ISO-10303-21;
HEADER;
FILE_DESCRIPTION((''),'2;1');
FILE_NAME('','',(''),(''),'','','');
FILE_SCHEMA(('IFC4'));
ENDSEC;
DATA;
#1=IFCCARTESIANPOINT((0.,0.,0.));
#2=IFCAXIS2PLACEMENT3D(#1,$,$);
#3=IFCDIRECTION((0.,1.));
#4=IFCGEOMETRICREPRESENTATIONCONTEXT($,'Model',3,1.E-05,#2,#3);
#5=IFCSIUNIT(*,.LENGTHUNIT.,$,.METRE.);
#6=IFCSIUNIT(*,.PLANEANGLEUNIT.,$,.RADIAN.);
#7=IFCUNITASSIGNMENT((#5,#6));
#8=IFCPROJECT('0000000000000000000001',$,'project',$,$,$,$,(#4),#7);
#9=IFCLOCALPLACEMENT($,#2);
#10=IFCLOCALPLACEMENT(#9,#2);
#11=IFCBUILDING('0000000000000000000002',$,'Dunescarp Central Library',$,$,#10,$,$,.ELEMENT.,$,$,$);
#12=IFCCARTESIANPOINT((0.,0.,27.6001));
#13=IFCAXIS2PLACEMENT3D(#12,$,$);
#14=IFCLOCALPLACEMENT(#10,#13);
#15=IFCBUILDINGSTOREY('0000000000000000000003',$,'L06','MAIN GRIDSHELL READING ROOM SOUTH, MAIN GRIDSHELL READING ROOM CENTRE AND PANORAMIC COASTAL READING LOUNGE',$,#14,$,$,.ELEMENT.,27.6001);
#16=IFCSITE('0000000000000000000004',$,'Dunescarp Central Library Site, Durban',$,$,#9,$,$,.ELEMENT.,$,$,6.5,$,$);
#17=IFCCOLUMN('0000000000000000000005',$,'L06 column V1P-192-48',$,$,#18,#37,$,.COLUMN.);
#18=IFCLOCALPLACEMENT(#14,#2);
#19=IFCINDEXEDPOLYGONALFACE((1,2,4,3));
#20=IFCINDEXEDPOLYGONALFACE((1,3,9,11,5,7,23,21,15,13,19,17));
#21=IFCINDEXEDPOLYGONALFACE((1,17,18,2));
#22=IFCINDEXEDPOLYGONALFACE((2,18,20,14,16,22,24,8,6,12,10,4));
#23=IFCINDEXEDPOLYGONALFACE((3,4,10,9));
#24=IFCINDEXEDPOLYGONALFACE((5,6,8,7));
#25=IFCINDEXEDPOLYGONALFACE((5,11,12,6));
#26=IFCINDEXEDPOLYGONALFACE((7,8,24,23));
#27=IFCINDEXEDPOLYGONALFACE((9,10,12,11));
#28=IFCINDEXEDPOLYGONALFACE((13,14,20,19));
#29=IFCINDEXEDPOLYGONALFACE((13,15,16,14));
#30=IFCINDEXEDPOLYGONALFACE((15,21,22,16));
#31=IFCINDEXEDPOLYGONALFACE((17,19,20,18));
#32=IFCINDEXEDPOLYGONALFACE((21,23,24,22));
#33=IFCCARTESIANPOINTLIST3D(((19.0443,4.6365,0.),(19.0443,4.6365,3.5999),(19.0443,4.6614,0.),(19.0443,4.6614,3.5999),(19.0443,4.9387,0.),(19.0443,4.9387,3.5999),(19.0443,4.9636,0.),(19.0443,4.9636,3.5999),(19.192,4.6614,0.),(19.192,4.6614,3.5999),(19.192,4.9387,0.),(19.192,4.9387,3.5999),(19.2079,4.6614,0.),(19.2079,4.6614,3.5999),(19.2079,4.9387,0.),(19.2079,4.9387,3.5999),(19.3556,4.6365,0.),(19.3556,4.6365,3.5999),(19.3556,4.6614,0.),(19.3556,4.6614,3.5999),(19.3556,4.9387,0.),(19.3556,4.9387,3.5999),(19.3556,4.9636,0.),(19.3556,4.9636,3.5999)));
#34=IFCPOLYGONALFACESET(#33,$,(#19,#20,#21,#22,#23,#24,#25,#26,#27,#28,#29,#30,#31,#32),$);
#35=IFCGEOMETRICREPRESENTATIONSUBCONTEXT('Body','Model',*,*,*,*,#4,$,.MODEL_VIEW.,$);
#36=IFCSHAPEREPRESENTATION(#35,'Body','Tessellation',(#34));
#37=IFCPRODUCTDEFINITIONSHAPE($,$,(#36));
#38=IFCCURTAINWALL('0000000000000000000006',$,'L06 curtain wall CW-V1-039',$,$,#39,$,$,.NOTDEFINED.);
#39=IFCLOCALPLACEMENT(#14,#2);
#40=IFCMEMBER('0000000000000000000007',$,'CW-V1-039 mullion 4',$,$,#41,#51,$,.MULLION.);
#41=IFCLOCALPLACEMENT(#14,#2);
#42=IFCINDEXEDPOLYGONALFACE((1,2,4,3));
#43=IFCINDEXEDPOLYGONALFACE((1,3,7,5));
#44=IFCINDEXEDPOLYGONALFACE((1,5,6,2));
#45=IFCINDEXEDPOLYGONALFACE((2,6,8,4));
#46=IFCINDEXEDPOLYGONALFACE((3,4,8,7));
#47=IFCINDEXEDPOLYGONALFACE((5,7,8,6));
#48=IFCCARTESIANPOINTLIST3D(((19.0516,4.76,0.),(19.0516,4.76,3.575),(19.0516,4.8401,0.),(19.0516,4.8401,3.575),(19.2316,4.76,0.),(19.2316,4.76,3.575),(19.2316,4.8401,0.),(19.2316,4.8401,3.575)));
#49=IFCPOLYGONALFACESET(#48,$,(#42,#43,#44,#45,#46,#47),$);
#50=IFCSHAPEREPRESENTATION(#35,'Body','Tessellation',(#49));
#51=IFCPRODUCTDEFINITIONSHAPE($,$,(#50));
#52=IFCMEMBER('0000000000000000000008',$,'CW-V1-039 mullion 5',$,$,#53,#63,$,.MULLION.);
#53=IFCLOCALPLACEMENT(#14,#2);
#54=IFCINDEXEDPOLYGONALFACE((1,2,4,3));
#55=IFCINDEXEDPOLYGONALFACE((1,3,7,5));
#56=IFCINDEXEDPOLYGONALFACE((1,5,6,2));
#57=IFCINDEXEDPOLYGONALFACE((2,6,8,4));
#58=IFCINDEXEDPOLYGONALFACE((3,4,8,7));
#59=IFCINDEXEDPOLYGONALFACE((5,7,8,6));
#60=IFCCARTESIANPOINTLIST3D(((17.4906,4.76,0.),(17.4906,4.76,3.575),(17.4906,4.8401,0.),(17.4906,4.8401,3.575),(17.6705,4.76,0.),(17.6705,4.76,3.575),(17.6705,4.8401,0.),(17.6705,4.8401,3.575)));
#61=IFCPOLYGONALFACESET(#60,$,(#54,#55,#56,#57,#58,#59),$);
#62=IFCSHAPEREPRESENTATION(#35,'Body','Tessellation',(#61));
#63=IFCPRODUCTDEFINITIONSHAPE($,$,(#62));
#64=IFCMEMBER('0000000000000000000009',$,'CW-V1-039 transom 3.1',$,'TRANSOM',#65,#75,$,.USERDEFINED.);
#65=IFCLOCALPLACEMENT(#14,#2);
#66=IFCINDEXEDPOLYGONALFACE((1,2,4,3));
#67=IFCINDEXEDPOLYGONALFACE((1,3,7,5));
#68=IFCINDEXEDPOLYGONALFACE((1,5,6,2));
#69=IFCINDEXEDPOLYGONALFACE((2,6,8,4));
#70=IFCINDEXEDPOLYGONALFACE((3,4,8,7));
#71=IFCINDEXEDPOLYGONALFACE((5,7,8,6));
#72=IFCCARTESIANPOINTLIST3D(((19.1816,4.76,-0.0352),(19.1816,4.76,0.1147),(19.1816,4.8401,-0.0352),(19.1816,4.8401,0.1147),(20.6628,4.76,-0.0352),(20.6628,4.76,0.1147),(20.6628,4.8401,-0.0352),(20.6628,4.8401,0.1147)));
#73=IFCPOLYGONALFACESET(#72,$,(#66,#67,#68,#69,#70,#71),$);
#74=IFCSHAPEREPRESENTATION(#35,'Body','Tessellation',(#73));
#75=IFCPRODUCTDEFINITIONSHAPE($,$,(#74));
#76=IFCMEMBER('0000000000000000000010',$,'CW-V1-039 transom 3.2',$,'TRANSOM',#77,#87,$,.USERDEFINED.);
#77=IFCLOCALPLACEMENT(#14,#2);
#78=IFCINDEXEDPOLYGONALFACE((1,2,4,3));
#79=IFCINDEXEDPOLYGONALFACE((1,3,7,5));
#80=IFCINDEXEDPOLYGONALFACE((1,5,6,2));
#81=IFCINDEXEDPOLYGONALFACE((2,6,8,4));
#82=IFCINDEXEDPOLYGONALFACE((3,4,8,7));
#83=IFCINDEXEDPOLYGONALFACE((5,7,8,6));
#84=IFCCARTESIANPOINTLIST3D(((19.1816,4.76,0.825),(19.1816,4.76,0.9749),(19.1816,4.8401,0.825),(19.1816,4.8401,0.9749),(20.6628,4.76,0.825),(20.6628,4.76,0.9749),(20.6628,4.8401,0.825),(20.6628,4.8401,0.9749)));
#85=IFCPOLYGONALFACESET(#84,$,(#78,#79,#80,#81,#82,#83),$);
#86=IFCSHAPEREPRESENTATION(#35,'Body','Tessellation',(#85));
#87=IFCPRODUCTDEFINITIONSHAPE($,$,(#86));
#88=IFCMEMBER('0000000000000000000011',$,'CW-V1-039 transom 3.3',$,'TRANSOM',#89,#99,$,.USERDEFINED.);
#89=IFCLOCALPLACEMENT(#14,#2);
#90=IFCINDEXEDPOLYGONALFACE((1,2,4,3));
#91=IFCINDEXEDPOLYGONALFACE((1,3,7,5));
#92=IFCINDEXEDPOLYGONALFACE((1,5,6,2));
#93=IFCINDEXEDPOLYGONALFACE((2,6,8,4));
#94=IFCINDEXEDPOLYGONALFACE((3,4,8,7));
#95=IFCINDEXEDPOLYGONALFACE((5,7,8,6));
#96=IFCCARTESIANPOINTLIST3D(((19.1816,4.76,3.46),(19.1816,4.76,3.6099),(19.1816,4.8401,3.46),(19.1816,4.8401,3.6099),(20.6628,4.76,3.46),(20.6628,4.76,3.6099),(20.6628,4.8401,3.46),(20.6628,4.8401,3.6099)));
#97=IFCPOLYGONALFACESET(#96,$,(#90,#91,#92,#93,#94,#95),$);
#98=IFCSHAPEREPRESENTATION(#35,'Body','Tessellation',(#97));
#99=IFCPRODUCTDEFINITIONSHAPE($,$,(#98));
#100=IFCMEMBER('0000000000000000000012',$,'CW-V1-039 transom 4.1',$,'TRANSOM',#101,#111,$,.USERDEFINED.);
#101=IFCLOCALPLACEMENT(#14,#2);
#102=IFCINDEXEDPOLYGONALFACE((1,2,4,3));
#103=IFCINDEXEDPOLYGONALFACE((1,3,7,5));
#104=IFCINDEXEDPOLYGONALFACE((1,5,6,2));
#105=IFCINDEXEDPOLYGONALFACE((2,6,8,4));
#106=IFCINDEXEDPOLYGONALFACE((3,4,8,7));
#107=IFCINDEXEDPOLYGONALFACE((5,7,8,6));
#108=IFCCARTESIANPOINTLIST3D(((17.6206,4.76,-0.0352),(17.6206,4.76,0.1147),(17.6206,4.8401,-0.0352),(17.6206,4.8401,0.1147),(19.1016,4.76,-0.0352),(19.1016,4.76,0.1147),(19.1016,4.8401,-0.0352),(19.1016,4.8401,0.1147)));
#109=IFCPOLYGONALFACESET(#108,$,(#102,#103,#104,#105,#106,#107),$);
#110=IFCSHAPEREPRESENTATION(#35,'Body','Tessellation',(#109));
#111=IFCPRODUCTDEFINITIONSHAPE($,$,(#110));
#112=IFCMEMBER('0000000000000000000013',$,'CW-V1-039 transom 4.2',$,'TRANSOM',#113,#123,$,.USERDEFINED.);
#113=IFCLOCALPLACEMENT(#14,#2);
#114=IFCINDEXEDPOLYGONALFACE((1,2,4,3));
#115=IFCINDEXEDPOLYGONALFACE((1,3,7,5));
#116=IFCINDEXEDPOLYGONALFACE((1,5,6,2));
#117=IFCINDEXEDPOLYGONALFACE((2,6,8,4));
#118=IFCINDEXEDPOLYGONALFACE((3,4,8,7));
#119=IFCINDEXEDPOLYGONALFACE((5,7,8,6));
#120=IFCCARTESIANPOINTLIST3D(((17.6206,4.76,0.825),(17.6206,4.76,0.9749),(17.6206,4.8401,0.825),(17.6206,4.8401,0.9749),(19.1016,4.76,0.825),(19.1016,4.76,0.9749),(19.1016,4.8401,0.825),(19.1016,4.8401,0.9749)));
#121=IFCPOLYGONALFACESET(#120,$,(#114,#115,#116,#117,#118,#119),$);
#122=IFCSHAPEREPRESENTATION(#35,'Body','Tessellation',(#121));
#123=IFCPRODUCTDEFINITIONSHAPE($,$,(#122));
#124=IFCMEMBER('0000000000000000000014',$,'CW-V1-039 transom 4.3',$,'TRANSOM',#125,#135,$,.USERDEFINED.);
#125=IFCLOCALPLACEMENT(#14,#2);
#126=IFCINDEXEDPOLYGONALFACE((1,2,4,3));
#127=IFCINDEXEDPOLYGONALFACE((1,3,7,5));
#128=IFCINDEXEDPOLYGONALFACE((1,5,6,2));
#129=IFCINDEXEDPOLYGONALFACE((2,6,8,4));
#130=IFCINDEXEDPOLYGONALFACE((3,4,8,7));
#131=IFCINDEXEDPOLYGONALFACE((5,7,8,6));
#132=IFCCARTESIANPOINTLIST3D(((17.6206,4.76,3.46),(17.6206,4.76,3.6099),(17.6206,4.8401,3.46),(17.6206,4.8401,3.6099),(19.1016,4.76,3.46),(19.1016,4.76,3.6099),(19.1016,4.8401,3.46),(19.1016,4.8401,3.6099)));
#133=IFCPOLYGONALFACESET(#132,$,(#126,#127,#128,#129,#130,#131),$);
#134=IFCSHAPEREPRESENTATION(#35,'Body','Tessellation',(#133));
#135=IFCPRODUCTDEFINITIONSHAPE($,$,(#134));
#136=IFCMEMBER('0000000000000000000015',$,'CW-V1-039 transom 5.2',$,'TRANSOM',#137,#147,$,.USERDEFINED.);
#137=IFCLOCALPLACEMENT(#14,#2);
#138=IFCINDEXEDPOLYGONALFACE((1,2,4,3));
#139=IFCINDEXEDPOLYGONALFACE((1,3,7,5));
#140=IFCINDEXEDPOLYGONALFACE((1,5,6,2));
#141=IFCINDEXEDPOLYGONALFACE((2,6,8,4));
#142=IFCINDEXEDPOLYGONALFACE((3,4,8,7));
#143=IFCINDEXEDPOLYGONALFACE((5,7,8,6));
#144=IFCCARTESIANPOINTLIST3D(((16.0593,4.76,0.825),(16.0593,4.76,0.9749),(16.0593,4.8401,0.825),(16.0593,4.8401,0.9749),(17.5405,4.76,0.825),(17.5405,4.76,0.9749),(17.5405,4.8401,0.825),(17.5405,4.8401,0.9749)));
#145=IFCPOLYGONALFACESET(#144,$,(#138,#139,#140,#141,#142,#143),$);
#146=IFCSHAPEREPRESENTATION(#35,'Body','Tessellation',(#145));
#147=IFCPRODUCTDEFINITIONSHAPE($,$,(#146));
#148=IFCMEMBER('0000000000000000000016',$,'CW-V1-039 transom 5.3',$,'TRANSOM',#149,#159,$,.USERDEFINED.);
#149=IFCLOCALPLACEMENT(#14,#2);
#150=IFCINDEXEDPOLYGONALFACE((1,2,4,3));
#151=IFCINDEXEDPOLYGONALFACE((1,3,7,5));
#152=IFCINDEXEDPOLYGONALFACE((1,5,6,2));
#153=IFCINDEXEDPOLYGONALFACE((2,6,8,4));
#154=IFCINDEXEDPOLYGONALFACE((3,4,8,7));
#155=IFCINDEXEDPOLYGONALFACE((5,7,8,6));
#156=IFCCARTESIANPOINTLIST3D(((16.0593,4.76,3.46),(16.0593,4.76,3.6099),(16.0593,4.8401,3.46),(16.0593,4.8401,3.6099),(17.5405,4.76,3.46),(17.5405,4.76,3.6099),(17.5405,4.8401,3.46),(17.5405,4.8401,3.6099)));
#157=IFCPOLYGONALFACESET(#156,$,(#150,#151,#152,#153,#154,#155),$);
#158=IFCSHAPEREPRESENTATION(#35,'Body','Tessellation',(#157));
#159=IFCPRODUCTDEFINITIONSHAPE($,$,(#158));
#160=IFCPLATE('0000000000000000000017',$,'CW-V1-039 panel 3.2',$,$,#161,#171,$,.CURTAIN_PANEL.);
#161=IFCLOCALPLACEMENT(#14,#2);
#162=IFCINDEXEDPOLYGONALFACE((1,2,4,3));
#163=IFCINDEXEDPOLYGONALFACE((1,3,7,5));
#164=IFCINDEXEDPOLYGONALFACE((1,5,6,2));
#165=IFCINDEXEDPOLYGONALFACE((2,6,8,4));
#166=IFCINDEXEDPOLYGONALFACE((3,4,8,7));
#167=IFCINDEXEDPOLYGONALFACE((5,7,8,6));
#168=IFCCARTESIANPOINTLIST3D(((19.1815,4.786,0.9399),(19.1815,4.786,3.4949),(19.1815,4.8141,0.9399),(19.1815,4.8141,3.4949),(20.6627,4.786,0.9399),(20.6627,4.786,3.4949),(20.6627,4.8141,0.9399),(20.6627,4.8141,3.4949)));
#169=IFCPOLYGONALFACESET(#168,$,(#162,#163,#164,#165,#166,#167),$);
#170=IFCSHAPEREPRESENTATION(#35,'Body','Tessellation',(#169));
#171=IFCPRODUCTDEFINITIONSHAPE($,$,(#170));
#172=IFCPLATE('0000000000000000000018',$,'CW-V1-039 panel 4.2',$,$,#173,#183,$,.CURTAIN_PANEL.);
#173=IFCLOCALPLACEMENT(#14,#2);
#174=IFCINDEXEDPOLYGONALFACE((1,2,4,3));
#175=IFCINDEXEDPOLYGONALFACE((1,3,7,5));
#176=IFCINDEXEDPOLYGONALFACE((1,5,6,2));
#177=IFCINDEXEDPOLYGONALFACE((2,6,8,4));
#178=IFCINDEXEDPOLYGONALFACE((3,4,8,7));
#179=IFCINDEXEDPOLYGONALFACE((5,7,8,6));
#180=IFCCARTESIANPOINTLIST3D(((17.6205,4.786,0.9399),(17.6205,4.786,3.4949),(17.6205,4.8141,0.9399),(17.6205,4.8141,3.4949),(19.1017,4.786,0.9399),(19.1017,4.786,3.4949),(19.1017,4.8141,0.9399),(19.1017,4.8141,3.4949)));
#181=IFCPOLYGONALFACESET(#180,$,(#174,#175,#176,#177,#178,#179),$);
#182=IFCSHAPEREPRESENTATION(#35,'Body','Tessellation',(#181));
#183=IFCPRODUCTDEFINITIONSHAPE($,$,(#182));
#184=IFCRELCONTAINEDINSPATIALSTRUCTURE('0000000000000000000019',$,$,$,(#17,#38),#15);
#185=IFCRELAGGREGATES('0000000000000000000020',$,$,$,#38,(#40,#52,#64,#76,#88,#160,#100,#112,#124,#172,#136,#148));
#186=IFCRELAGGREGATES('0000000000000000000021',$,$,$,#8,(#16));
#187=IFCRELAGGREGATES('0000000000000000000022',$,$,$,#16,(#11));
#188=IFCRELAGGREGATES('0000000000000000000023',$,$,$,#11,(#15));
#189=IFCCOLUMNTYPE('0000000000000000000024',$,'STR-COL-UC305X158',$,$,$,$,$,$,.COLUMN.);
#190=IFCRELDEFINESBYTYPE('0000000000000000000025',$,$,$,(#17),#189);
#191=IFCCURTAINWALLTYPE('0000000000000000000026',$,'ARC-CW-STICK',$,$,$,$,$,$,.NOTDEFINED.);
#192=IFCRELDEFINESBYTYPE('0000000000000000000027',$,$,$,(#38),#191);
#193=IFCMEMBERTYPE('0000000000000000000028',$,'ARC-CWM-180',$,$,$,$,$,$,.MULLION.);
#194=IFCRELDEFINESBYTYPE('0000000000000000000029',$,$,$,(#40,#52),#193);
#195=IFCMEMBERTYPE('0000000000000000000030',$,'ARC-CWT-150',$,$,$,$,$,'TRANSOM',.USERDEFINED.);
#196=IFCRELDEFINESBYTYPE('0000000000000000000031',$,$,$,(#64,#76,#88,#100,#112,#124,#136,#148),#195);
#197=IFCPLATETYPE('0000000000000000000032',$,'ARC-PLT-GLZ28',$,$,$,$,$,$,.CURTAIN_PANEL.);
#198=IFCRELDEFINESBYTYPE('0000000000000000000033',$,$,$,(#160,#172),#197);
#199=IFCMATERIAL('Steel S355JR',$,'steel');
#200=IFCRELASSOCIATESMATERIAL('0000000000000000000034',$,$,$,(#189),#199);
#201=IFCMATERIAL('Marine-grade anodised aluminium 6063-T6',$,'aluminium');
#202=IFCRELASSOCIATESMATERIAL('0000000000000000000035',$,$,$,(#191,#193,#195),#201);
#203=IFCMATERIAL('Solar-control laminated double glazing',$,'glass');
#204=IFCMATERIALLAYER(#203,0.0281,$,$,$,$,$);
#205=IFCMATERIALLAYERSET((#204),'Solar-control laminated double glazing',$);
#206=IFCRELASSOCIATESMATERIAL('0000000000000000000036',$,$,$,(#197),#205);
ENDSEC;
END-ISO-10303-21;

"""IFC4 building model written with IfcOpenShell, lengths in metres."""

from ifc_helpers import new_model, si_unit, direction, frame, origin, origin_2d, place, context, subcontext, project, spatial, rectangle, i_section, extrude, material, layer, layer_set, material_profile, profile_set, type_object, element, aggregate, save


model = new_model("IFC4")

# Units and contexts
model_context = context("Model", 3, precision=1e-05, world=origin(), true_north=direction((0.0, 1.0)))
body_context = subcontext(model_context, "Body", "Model", "MODEL_VIEW")
ifc_project = project(units=[si_unit("LENGTHUNIT", "METRE"), si_unit("PLANEANGLEUNIT", "RADIAN")], contexts=[model_context])

# Site, building, storey
site_placement = place(None, origin())
site = spatial("IfcSite", under=ifc_project, at=site_placement, Name="Dunescarp Central Library Site, Durban", CompositionType="ELEMENT", RefElevation=6.5)
building_placement = place(site_placement, origin())
building = spatial("IfcBuilding", under=site, at=building_placement, Name="Dunescarp Central Library", CompositionType="ELEMENT")
storey_placement = place(building_placement, frame((0.0, 0.0, 27.6001)))
storey = spatial("IfcBuildingStorey", under=building, at=storey_placement, Name="L06", Description="MAIN GRIDSHELL READING ROOM SOUTH, MAIN GRIDSHELL READING ROOM CENTRE AND PANORAMIC COASTAL READING LOUNGE", CompositionType="ELEMENT", Elevation=27.6001)

# Column
ifc_material_1 = material(Name="Steel S355JR", Category="steel")
ifc_material_profile_1 = material_profile(ifc_material_1, i_section(OverallWidth=0.3113, OverallDepth=0.3271, WebThickness=0.0159, FlangeThickness=0.0249, at=origin_2d()), Name="UC 305x305x158")
ifc_profile_set_1 = profile_set([ifc_material_profile_1], Name="Steel S355JR")
column_type = type_object("IfcColumnType", Name="STR-COL-UC305X158", PredefinedType="COLUMN", material=ifc_profile_set_1)
column_placement = place(storey_placement, frame((19.2, 4.8, 0.0), z_axis=(0.0, 0.0, 1.0), x_axis=(1.0, 0.0, 0.0)))
element("IfcColumn", 1, at=column_placement, inside=storey, type_object=column_type, Name="L06 column V1P-192-48", PredefinedType="COLUMN", context=body_context, shape_type="SweptSolid", body=[
    extrude(i_section(OverallWidth=0.3113, OverallDepth=0.3271, WebThickness=0.0159, FlangeThickness=0.0249, at=origin_2d()), origin(), (0.0, 0.0, 1.0), 3.5999),
])

# Curtain wall, members, plates
ifc_material_2 = material(Name="Marine-grade anodised aluminium 6063-T6", Category="aluminium")
curtain_wall_type = type_object("IfcCurtainWallType", Name="ARC-CW-STICK", PredefinedType="NOTDEFINED", material=ifc_material_2)
curtain_wall_placement = place(storey_placement, origin())
curtain_wall = element("IfcCurtainWall", 2, at=curtain_wall_placement, inside=storey, type_object=curtain_wall_type, Name="L06 curtain wall CW-V1-039", PredefinedType="NOTDEFINED")
ifc_material_profile_2 = material_profile(ifc_material_2, rectangle(XDim=0.0801, YDim=0.1799, at=origin_2d()), Name="AL 80x180")
ifc_profile_set_2 = profile_set([ifc_material_profile_2], Name="Marine-grade anodised aluminium 6063-T6")
member_type_1 = type_object("IfcMemberType", Name="ARC-CWM-180", PredefinedType="MULLION", material=ifc_profile_set_2)
member_1_placement = place(storey_placement, frame((19.1416, 4.8, 0.0), z_axis=(0.0, 0.0, 1.0), x_axis=(0.0, -1.0, 0.0)))
member_1 = element("IfcMember", 3, at=member_1_placement, type_object=member_type_1, Name="CW-V1-039 mullion 4", PredefinedType="MULLION", context=body_context, shape_type="SweptSolid", body=[
    extrude(rectangle(XDim=0.0801, YDim=0.1799, at=origin_2d()), origin(), (0.0, 0.0, 1.0), 3.575),
])
member_2_placement = place(storey_placement, frame((17.5806, 4.8, 0.0), z_axis=(0.0, 0.0, 1.0), x_axis=(0.0, -1.0, 0.0)))
member_2 = element("IfcMember", 4, at=member_2_placement, type_object=member_type_1, Name="CW-V1-039 mullion 5", PredefinedType="MULLION", context=body_context, shape_type="SweptSolid", body=[
    extrude(rectangle(XDim=0.0801, YDim=0.1799, at=origin_2d()), origin(), (0.0, 0.0, 1.0), 3.575),
])
ifc_material_profile_3 = material_profile(ifc_material_2, rectangle(XDim=0.0801, YDim=0.1499, at=origin_2d()), Name="AL 80x150")
ifc_profile_set_3 = profile_set([ifc_material_profile_3], Name="Marine-grade anodised aluminium 6063-T6")
member_type_2 = type_object("IfcMemberType", Name="ARC-CWT-150", ElementType="TRANSOM", PredefinedType="USERDEFINED", material=ifc_profile_set_3)
member_3_placement = place(storey_placement, frame((20.6628, 4.8, 0.0398), z_axis=(-1.0, 0.0, 0.0), x_axis=(0.0, -1.0, 0.0)))
member_3 = element("IfcMember", 5, at=member_3_placement, type_object=member_type_2, Name="CW-V1-039 transom 3.1", ObjectType="TRANSOM", PredefinedType="USERDEFINED", context=body_context, shape_type="SweptSolid", body=[
    extrude(rectangle(XDim=0.0801, YDim=0.1499, at=origin_2d()), origin(), (0.0, 0.0, 1.0), 1.4812),
])
member_4_placement = place(storey_placement, frame((20.6628, 4.8, 0.8999), z_axis=(-1.0, 0.0, 0.0), x_axis=(0.0, -1.0, 0.0)))
member_4 = element("IfcMember", 6, at=member_4_placement, type_object=member_type_2, Name="CW-V1-039 transom 3.2", ObjectType="TRANSOM", PredefinedType="USERDEFINED", context=body_context, shape_type="SweptSolid", body=[
    extrude(rectangle(XDim=0.0801, YDim=0.1499, at=origin_2d()), origin(), (0.0, 0.0, 1.0), 1.4812),
])
member_5_placement = place(storey_placement, frame((20.6628, 4.8, 3.5349), z_axis=(-1.0, 0.0, 0.0), x_axis=(0.0, -1.0, 0.0)))
member_5 = element("IfcMember", 7, at=member_5_placement, type_object=member_type_2, Name="CW-V1-039 transom 3.3", ObjectType="TRANSOM", PredefinedType="USERDEFINED", context=body_context, shape_type="SweptSolid", body=[
    extrude(rectangle(XDim=0.0801, YDim=0.1499, at=origin_2d()), origin(), (0.0, 0.0, 1.0), 1.4812),
])
member_6_placement = place(storey_placement, frame((19.1016, 4.8, 0.0398), z_axis=(-1.0, 0.0, 0.0), x_axis=(0.0, -1.0, 0.0)))
member_6 = element("IfcMember", 8, at=member_6_placement, type_object=member_type_2, Name="CW-V1-039 transom 4.1", ObjectType="TRANSOM", PredefinedType="USERDEFINED", context=body_context, shape_type="SweptSolid", body=[
    extrude(rectangle(XDim=0.0801, YDim=0.1499, at=origin_2d()), origin(), (0.0, 0.0, 1.0), 1.481),
])
member_7_placement = place(storey_placement, frame((19.1016, 4.8, 0.8999), z_axis=(-1.0, 0.0, 0.0), x_axis=(0.0, -1.0, 0.0)))
member_7 = element("IfcMember", 9, at=member_7_placement, type_object=member_type_2, Name="CW-V1-039 transom 4.2", ObjectType="TRANSOM", PredefinedType="USERDEFINED", context=body_context, shape_type="SweptSolid", body=[
    extrude(rectangle(XDim=0.0801, YDim=0.1499, at=origin_2d()), origin(), (0.0, 0.0, 1.0), 1.481),
])
member_8_placement = place(storey_placement, frame((19.1016, 4.8, 3.5349), z_axis=(-1.0, 0.0, 0.0), x_axis=(0.0, -1.0, 0.0)))
member_8 = element("IfcMember", 10, at=member_8_placement, type_object=member_type_2, Name="CW-V1-039 transom 4.3", ObjectType="TRANSOM", PredefinedType="USERDEFINED", context=body_context, shape_type="SweptSolid", body=[
    extrude(rectangle(XDim=0.0801, YDim=0.1499, at=origin_2d()), origin(), (0.0, 0.0, 1.0), 1.481),
])
member_9_placement = place(storey_placement, frame((17.5405, 4.8, 0.8999), z_axis=(-1.0, 0.0, 0.0), x_axis=(0.0, -1.0, 0.0)))
member_9 = element("IfcMember", 11, at=member_9_placement, type_object=member_type_2, Name="CW-V1-039 transom 5.2", ObjectType="TRANSOM", PredefinedType="USERDEFINED", context=body_context, shape_type="SweptSolid", body=[
    extrude(rectangle(XDim=0.0801, YDim=0.1499, at=origin_2d()), origin(), (0.0, 0.0, 1.0), 1.4812),
])
member_10_placement = place(storey_placement, frame((17.5405, 4.8, 3.5349), z_axis=(-1.0, 0.0, 0.0), x_axis=(0.0, -1.0, 0.0)))
member_10 = element("IfcMember", 12, at=member_10_placement, type_object=member_type_2, Name="CW-V1-039 transom 5.3", ObjectType="TRANSOM", PredefinedType="USERDEFINED", context=body_context, shape_type="SweptSolid", body=[
    extrude(rectangle(XDim=0.0801, YDim=0.1499, at=origin_2d()), origin(), (0.0, 0.0, 1.0), 1.4812),
])
ifc_material_3 = material(Name="Solar-control laminated double glazing", Category="glass")
ifc_layer_1 = layer(ifc_material_3, 0.0281)
ifc_layer_set_1 = layer_set([ifc_layer_1], Name="Solar-control laminated double glazing")
plate_type_1 = type_object("IfcPlateType", Name="ARC-PLT-GLZ28", PredefinedType="CURTAIN_PANEL", material=ifc_layer_set_1)
plate_1_placement = place(storey_placement, frame((19.9221, 4.8, 0.9399), z_axis=(0.0, 0.0, 1.0), x_axis=(-1.0, 0.0, 0.0)))
plate_1 = element("IfcPlate", 13, at=plate_1_placement, type_object=plate_type_1, Name="CW-V1-039 panel 3.2", PredefinedType="CURTAIN_PANEL", context=body_context, shape_type="SweptSolid", body=[
    extrude(rectangle(XDim=1.4812, YDim=0.0281, at=origin_2d()), origin(), (0.0, 0.0, 1.0), 2.5549),
])
plate_2_placement = place(storey_placement, frame((18.3611, 4.8, 0.9399), z_axis=(0.0, 0.0, 1.0), x_axis=(-1.0, 0.0, 0.0)))
plate_2 = element("IfcPlate", 14, at=plate_2_placement, type_object=plate_type_1, Name="CW-V1-039 panel 4.2", PredefinedType="CURTAIN_PANEL", context=body_context, shape_type="SweptSolid", body=[
    extrude(rectangle(XDim=1.4812, YDim=0.0281, at=origin_2d()), origin(), (0.0, 0.0, 1.0), 2.5549),
])
aggregate(curtain_wall, [member_1, member_2, member_3, member_4, member_5, plate_1, member_6, member_7, member_8, plate_2, member_9, member_10])

save(model, "model.ifc")
